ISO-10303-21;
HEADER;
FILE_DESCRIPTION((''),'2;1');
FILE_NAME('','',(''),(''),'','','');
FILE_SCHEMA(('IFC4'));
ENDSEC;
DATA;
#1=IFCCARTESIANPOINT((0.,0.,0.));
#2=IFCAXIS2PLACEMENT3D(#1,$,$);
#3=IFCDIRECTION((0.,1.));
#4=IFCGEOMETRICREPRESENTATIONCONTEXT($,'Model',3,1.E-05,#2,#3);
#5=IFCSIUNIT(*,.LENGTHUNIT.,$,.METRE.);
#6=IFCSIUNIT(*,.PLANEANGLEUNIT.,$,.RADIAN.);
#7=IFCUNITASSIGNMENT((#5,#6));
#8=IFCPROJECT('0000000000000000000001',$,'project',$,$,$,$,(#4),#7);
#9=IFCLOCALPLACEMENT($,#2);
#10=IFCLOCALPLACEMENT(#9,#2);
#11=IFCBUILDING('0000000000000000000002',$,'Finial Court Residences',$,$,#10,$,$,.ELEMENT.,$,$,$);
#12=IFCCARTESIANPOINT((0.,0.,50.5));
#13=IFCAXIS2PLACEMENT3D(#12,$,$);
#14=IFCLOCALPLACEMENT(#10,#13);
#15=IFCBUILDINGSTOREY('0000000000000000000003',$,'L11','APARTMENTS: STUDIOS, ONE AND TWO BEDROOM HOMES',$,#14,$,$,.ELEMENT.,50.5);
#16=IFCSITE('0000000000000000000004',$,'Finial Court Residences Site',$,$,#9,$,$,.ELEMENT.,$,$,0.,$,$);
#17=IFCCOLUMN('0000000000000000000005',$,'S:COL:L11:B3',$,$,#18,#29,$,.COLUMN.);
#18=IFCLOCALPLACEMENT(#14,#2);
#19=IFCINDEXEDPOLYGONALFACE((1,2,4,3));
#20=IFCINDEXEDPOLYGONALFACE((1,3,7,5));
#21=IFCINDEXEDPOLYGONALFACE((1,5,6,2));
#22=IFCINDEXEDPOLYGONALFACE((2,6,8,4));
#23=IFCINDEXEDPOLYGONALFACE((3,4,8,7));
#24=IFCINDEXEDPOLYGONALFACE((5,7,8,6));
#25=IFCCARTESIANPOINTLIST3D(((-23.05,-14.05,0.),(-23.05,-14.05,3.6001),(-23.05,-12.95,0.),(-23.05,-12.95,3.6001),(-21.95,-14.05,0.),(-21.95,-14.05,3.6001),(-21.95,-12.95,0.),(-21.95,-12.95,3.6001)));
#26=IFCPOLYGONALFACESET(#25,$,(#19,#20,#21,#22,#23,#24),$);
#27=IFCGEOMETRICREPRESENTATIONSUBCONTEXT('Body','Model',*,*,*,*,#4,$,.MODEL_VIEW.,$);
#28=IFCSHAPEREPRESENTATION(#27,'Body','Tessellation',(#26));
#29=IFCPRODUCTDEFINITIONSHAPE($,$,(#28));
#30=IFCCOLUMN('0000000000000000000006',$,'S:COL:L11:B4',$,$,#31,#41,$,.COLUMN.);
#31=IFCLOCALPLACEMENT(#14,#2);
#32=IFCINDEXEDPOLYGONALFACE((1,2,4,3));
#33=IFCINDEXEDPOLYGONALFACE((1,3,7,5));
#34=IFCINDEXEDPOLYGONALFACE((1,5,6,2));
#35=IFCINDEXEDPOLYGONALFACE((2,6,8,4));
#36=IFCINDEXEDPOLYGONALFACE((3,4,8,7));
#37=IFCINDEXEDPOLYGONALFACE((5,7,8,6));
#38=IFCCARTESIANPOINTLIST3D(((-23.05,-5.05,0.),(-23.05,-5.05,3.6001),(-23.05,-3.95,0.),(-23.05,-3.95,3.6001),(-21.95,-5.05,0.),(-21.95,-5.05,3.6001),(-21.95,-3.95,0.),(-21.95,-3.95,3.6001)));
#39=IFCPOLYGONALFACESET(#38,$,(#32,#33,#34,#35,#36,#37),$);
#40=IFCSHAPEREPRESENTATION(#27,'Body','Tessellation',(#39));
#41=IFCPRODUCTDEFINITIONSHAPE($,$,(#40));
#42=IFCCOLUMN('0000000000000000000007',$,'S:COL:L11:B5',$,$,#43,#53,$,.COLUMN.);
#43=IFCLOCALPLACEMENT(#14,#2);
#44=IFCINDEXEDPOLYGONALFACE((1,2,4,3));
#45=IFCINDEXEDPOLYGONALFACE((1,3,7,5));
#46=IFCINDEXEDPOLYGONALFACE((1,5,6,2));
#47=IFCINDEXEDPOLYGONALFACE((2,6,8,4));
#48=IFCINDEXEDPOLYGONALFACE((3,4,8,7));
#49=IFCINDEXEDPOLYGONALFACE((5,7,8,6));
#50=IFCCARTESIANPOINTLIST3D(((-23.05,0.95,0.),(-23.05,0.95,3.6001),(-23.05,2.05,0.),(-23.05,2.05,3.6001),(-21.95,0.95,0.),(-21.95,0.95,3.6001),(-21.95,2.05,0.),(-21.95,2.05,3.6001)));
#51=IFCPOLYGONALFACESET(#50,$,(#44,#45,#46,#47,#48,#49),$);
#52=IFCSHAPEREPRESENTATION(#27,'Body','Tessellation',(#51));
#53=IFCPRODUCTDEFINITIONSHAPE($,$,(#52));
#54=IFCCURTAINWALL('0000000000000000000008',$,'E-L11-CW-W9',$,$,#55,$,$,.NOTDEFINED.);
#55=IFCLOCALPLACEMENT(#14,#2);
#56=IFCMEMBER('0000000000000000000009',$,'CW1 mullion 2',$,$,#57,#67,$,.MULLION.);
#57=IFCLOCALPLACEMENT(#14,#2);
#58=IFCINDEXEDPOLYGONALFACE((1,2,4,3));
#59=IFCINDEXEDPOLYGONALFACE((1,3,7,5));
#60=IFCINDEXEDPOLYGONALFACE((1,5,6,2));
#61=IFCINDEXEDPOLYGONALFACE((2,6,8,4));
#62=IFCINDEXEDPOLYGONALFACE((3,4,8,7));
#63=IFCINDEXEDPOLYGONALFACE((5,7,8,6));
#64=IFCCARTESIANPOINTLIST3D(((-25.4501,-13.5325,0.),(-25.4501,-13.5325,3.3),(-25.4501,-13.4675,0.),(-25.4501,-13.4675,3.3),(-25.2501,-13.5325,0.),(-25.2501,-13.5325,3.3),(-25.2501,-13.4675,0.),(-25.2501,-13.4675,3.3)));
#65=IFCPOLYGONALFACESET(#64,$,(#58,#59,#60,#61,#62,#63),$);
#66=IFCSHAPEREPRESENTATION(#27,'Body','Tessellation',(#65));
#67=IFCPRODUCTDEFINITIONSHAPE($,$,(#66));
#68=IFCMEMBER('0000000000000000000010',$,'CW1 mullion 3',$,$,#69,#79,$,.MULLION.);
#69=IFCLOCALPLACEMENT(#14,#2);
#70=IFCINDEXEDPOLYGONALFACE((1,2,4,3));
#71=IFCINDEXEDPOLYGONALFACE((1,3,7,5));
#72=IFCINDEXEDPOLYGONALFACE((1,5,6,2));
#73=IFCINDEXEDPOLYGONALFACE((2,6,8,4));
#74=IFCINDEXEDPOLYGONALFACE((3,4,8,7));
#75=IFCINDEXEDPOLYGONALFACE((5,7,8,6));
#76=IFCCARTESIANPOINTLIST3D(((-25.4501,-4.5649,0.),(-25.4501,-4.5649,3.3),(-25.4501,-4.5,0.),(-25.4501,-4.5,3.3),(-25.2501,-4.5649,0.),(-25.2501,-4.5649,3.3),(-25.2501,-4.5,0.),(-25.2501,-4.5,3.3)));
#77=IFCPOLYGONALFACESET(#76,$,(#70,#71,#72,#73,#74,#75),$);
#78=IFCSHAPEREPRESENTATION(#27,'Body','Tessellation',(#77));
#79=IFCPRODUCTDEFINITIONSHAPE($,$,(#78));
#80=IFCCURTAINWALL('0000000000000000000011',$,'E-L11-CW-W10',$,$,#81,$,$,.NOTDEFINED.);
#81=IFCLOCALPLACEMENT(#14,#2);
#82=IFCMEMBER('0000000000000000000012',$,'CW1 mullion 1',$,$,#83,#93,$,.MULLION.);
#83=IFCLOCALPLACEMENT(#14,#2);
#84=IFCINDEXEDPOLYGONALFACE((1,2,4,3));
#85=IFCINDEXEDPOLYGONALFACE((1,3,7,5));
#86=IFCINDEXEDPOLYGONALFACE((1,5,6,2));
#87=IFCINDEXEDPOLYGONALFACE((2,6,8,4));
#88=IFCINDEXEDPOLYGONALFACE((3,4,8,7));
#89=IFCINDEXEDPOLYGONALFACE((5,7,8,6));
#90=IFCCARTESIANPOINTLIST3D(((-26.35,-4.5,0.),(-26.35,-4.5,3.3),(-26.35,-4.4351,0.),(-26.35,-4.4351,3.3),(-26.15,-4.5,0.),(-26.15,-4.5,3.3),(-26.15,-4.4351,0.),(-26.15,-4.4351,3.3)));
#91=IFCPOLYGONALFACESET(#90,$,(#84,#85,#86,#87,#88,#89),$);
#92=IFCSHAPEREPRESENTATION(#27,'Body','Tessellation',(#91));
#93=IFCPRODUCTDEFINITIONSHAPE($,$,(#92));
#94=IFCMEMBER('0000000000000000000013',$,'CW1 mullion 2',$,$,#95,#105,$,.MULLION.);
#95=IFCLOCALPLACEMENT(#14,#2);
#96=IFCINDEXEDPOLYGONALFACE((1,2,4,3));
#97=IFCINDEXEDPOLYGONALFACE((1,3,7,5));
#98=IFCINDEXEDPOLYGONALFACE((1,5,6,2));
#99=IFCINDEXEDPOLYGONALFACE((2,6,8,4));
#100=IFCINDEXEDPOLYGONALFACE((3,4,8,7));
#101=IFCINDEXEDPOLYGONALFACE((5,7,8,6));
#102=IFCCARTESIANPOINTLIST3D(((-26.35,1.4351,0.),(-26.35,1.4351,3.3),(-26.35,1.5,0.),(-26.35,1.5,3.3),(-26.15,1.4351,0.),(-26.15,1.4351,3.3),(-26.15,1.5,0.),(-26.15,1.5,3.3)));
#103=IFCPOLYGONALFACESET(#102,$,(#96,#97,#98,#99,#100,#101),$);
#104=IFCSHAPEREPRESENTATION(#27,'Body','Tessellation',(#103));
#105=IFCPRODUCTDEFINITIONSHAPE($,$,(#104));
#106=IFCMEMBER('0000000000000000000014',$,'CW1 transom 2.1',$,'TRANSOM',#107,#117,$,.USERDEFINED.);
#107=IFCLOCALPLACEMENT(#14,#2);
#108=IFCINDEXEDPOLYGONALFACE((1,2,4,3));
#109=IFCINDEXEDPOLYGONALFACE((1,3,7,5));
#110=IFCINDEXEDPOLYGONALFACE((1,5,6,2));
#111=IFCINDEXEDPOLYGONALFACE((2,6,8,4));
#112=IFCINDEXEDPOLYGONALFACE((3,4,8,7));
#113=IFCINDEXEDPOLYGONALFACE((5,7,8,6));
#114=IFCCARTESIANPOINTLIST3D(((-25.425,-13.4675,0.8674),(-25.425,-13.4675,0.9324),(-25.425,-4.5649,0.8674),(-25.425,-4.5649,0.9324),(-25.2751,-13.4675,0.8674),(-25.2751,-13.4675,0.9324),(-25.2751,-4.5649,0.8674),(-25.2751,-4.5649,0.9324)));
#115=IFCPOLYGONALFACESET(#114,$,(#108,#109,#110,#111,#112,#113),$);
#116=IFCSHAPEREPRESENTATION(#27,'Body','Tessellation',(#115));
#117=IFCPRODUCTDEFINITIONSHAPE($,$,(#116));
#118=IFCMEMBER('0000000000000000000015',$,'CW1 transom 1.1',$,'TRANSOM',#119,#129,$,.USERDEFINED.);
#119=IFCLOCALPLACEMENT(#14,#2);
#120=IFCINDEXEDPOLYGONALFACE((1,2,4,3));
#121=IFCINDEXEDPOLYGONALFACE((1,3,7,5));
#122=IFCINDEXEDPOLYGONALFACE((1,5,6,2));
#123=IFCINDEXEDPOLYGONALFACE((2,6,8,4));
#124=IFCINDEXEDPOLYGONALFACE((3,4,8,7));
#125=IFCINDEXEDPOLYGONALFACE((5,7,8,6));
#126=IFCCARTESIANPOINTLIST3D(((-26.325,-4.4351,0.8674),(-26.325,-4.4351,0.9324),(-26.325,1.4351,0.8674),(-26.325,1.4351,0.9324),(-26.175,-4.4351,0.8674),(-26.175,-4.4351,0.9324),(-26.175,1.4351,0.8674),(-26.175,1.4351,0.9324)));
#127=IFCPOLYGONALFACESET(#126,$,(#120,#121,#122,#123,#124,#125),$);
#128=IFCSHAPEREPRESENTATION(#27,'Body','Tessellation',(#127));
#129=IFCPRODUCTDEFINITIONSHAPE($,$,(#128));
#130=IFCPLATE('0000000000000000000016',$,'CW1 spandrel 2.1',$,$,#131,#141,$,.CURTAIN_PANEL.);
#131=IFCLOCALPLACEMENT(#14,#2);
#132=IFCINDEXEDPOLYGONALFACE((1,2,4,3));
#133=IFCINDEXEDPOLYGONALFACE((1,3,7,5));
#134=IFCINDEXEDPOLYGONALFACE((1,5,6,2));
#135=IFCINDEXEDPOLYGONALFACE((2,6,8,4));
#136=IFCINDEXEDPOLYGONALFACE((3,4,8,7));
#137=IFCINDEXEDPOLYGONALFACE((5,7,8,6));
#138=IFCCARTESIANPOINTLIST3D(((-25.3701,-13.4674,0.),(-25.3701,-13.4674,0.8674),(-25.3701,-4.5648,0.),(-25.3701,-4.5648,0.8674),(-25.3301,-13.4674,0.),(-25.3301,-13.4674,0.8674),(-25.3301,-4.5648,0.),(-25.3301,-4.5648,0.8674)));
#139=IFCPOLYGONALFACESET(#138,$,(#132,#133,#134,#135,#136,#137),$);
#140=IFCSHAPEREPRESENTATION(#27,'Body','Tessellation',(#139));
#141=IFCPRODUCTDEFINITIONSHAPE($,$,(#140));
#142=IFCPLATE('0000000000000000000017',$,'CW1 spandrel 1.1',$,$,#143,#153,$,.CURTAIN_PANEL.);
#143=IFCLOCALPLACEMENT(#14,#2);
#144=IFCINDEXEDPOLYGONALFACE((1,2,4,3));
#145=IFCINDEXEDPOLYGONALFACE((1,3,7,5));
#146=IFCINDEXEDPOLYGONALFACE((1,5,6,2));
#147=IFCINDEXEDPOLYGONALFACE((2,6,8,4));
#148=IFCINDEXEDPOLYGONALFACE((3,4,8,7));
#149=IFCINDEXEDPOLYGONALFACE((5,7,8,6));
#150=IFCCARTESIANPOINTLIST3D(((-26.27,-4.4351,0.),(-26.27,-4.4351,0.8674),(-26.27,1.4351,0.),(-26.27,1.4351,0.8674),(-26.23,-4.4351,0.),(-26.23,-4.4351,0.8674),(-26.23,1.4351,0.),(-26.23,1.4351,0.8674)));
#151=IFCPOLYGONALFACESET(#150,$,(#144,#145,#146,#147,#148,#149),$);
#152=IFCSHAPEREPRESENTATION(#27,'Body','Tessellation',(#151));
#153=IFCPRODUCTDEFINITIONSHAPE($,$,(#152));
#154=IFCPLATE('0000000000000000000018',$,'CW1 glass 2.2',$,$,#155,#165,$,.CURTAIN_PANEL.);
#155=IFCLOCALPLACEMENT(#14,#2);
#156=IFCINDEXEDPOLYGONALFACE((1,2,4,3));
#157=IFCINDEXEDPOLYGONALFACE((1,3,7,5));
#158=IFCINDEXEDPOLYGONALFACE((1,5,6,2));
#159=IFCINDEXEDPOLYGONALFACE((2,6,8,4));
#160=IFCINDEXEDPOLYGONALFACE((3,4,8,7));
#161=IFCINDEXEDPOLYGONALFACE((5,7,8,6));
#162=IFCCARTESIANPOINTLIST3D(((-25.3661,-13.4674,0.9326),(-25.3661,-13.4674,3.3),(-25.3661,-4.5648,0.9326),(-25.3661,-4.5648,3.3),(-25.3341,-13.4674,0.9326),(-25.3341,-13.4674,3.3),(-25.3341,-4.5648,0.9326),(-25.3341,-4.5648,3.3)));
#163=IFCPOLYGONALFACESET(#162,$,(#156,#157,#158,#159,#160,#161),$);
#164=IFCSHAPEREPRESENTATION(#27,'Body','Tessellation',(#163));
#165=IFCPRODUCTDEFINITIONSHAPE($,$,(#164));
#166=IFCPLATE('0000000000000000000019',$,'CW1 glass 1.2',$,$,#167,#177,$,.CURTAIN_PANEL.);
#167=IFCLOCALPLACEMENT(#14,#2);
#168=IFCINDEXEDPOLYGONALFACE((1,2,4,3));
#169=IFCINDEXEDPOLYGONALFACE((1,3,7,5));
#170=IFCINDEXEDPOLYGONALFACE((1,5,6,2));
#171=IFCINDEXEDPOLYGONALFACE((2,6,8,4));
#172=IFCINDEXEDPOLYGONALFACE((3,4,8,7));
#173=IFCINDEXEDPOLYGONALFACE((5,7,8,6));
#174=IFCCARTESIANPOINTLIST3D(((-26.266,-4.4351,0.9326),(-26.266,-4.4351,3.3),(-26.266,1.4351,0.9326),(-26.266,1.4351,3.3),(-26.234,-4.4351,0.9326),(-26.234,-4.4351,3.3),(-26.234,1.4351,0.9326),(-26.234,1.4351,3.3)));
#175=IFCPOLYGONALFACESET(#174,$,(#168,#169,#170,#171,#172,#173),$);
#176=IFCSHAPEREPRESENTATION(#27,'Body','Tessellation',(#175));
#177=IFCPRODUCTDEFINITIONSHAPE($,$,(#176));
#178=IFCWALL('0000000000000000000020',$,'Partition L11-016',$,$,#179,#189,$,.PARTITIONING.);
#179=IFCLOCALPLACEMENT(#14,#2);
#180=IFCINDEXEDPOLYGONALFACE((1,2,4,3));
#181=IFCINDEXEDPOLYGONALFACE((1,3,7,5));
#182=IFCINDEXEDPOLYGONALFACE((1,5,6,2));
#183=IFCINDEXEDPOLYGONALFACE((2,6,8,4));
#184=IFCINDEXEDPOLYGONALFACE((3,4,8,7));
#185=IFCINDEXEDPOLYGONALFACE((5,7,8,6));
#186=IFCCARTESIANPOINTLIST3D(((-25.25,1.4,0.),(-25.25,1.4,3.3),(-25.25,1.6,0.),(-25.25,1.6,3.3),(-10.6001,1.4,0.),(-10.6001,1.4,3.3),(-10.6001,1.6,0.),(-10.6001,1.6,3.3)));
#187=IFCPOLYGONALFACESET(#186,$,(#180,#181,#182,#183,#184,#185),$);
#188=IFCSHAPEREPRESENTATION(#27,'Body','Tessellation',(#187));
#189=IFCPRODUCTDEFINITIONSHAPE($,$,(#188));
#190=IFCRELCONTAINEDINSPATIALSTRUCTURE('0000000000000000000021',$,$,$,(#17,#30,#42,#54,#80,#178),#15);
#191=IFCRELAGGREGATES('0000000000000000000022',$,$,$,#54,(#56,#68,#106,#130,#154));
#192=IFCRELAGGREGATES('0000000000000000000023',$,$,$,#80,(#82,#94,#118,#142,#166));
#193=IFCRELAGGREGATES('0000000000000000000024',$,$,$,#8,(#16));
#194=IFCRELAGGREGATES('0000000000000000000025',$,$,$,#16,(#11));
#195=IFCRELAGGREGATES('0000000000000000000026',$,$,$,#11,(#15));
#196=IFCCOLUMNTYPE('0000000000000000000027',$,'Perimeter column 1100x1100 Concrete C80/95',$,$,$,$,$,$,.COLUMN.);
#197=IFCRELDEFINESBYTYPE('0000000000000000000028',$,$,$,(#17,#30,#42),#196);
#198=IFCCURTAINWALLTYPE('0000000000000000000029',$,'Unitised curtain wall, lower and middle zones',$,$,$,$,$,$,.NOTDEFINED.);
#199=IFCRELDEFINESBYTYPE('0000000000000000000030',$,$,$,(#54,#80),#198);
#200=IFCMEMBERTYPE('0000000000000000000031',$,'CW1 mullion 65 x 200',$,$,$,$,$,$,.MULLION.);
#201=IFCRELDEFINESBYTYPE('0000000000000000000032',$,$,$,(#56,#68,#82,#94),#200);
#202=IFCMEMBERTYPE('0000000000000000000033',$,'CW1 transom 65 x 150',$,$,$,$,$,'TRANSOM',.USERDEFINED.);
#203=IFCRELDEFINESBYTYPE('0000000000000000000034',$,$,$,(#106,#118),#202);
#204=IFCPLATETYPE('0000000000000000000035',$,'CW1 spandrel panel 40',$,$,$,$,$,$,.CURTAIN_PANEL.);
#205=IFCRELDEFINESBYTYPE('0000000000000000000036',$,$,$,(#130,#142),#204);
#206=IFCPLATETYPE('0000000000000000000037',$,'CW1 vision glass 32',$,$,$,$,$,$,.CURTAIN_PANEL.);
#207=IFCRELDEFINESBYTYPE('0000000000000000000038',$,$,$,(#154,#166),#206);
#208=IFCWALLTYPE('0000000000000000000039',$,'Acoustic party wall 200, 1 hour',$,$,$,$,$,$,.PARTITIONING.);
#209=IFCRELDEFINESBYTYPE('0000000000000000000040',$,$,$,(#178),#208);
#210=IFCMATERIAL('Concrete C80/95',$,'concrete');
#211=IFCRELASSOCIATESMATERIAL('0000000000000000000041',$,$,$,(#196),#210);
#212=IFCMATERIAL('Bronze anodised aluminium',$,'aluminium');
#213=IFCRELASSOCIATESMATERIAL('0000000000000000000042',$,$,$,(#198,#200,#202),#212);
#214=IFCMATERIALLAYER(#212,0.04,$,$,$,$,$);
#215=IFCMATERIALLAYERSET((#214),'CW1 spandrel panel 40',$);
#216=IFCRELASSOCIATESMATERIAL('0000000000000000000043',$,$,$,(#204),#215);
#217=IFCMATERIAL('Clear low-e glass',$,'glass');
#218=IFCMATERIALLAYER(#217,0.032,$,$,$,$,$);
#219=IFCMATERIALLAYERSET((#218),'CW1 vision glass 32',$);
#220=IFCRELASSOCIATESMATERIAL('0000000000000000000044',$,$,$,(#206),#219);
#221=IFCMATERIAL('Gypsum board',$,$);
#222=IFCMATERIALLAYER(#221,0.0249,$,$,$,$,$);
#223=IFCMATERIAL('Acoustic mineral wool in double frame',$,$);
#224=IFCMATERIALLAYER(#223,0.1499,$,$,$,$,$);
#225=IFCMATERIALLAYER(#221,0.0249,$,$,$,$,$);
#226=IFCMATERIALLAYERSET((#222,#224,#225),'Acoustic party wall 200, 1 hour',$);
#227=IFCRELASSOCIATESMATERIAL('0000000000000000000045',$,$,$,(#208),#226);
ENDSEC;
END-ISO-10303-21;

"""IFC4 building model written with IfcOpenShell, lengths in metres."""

from ifc_helpers import new_model, si_unit, direction, frame, frame_2d, origin, origin_2d, place, context, subcontext, project, spatial, rectangle, extrude, material, layer, layer_set, material_profile, profile_set, type_object, element, aggregate, save


model = new_model("IFC4")

# Units and contexts
model_context = context("Model", 3, precision=1e-05, world=origin(), true_north=direction((0.0, 1.0)))
body_context = subcontext(model_context, "Body", "Model", "MODEL_VIEW")
ifc_project = project(units=[si_unit("LENGTHUNIT", "METRE"), si_unit("PLANEANGLEUNIT", "RADIAN")], contexts=[model_context])

# Site, building, storey
site_placement = place(None, origin())
site = spatial("IfcSite", under=ifc_project, at=site_placement, Name="Finial Court Residences Site", CompositionType="ELEMENT", RefElevation=0.0)
building_placement = place(site_placement, origin())
building = spatial("IfcBuilding", under=site, at=building_placement, Name="Finial Court Residences", CompositionType="ELEMENT")
storey_placement = place(building_placement, frame((0.0, 0.0, 50.5)))
storey = spatial("IfcBuildingStorey", under=building, at=storey_placement, Name="L11", Description="APARTMENTS: STUDIOS, ONE AND TWO BEDROOM HOMES", CompositionType="ELEMENT", Elevation=50.5)

# Columns
ifc_material_1 = material(Name="Concrete C80/95", Category="concrete")
ifc_material_profile_1 = material_profile(ifc_material_1, rectangle(XDim=1.1001, YDim=1.1001, at=origin_2d()), Name="1100x1100")
ifc_profile_set_1 = profile_set([ifc_material_profile_1], Name="Concrete C80/95")
column_type = type_object("IfcColumnType", Name="Perimeter column 1100x1100 Concrete C80/95", PredefinedType="COLUMN", material=ifc_profile_set_1)
for number, where, z_axis, x_axis, name in (
    (1, (-22.5, -13.5, 0.0), (0.0, 0.0, 1.0), (1.0, 0.0, 0.0), "S:COL:L11:B3"),
    (2, (-22.5, -4.5, 0.0), (0.0, 0.0, 1.0), (1.0, 0.0, 0.0), "S:COL:L11:B4"),
    (3, (-22.5, 1.5, 0.0), (0.0, 0.0, 1.0), (1.0, 0.0, 0.0), "S:COL:L11:B5"),
):
    element("IfcColumn", number, at=place(storey_placement, frame(where, z_axis=z_axis, x_axis=x_axis)), inside=storey, type_object=column_type, Name=name, PredefinedType="COLUMN", context=body_context, shape_type="SweptSolid", body=[
        extrude(rectangle(XDim=1.1001, YDim=1.1001, at=origin_2d()), origin(), (0.0, 0.0, 1.0), 3.6001),
    ])

# Curtain walls, members
ifc_material_2 = material(Name="Bronze anodised aluminium", Category="aluminium")
curtain_wall_type = type_object("IfcCurtainWallType", Name="Unitised curtain wall, lower and middle zones", PredefinedType="NOTDEFINED", material=ifc_material_2)
curtain_wall_1_placement = place(storey_placement, origin())
curtain_wall_1 = element("IfcCurtainWall", 4, at=curtain_wall_1_placement, inside=storey, type_object=curtain_wall_type, Name="E-L11-CW-W9", PredefinedType="NOTDEFINED")
ifc_material_profile_2 = material_profile(ifc_material_2, rectangle(XDim=0.2, YDim=0.0649, at=origin_2d()), Name="CW1 mullion 65 x 200")
ifc_profile_set_2 = profile_set([ifc_material_profile_2], Name="Bronze anodised aluminium")
member_type_1 = type_object("IfcMemberType", Name="CW1 mullion 65 x 200", PredefinedType="MULLION", material=ifc_profile_set_2)
member_1_placement = place(storey_placement, frame((-25.3501, -13.5, 0.0), z_axis=(0.0, 0.0, 1.0), x_axis=(-1.0, 0.0, 0.0)))
member_1 = element("IfcMember", 5, at=member_1_placement, type_object=member_type_1, Name="CW1 mullion 2", PredefinedType="MULLION", context=body_context, shape_type="SweptSolid", body=[
    extrude(rectangle(XDim=0.2, YDim=0.0649, at=origin_2d()), origin(), (0.0, 0.0, 1.0), 3.3),
])
member_2_placement = place(storey_placement, frame((-25.3501, -4.5325, 0.0), z_axis=(0.0, 0.0, 1.0), x_axis=(-1.0, 0.0, 0.0)))
member_2 = element("IfcMember", 6, at=member_2_placement, type_object=member_type_1, Name="CW1 mullion 3", PredefinedType="MULLION", context=body_context, shape_type="SweptSolid", body=[
    extrude(rectangle(XDim=0.2, YDim=0.0649, at=origin_2d()), origin(), (0.0, 0.0, 1.0), 3.3),
])
curtain_wall_2_placement = place(storey_placement, origin())
curtain_wall_2 = element("IfcCurtainWall", 7, at=curtain_wall_2_placement, inside=storey, type_object=curtain_wall_type, Name="E-L11-CW-W10", PredefinedType="NOTDEFINED")
member_3_placement = place(storey_placement, frame((-26.25, -4.4675, 0.0), z_axis=(0.0, 0.0, 1.0), x_axis=(-1.0, 0.0, 0.0)))
member_3 = element("IfcMember", 8, at=member_3_placement, type_object=member_type_1, Name="CW1 mullion 1", PredefinedType="MULLION", context=body_context, shape_type="SweptSolid", body=[
    extrude(rectangle(XDim=0.2, YDim=0.0649, at=origin_2d()), origin(), (0.0, 0.0, 1.0), 3.3),
])
member_4_placement = place(storey_placement, frame((-26.25, 1.4675, 0.0), z_axis=(0.0, 0.0, 1.0), x_axis=(-1.0, 0.0, 0.0)))
member_4 = element("IfcMember", 9, at=member_4_placement, type_object=member_type_1, Name="CW1 mullion 2", PredefinedType="MULLION", context=body_context, shape_type="SweptSolid", body=[
    extrude(rectangle(XDim=0.2, YDim=0.0649, at=origin_2d()), origin(), (0.0, 0.0, 1.0), 3.3),
])

# Members
ifc_material_profile_3 = material_profile(ifc_material_2, rectangle(XDim=0.1499, YDim=0.0649, at=origin_2d()), Name="CW1 transom 65 x 150")
ifc_profile_set_3 = profile_set([ifc_material_profile_3], Name="Bronze anodised aluminium")
member_type_2 = type_object("IfcMemberType", Name="CW1 transom 65 x 150", ElementType="TRANSOM", PredefinedType="USERDEFINED", material=ifc_profile_set_3)
member_5_placement = place(storey_placement, frame((-25.3501, -13.4675, 0.8999), z_axis=(0.0, 1.0, 0.0), x_axis=(-1.0, 0.0, 0.0)))
member_5 = element("IfcMember", 10, at=member_5_placement, type_object=member_type_2, Name="CW1 transom 2.1", ObjectType="TRANSOM", PredefinedType="USERDEFINED", context=body_context, shape_type="SweptSolid", body=[
    extrude(rectangle(XDim=0.1499, YDim=0.0649, at=origin_2d()), origin(), (0.0, 0.0, 1.0), 8.9026),
])
member_6_placement = place(storey_placement, frame((-26.25, -4.4351, 0.8999), z_axis=(0.0, 1.0, 0.0), x_axis=(-1.0, 0.0, 0.0)))
member_6 = element("IfcMember", 11, at=member_6_placement, type_object=member_type_2, Name="CW1 transom 1.1", ObjectType="TRANSOM", PredefinedType="USERDEFINED", context=body_context, shape_type="SweptSolid", body=[
    extrude(rectangle(XDim=0.1499, YDim=0.0649, at=origin_2d()), origin(), (0.0, 0.0, 1.0), 5.8701),
])

# Plates
ifc_layer_1 = layer(ifc_material_2, 0.04)
ifc_layer_set_1 = layer_set([ifc_layer_1], Name="CW1 spandrel panel 40")
plate_type_1 = type_object("IfcPlateType", Name="CW1 spandrel panel 40", PredefinedType="CURTAIN_PANEL", material=ifc_layer_set_1)
plate_1_placement = place(storey_placement, frame((-25.3501, -9.0161, 0.0), z_axis=(0.0, 0.0, 1.0), x_axis=(0.0, 1.0, 0.0)))
plate_1 = element("IfcPlate", 12, at=plate_1_placement, type_object=plate_type_1, Name="CW1 spandrel 2.1", PredefinedType="CURTAIN_PANEL", context=body_context, shape_type="SweptSolid", body=[
    extrude(rectangle(XDim=8.9026, YDim=0.04, at=origin_2d()), origin(), (0.0, 0.0, 1.0), 0.8674),
])
plate_2_placement = place(storey_placement, frame((-26.25, -1.5, 0.0), z_axis=(0.0, 0.0, 1.0), x_axis=(0.0, 1.0, 0.0)))
plate_2 = element("IfcPlate", 13, at=plate_2_placement, type_object=plate_type_1, Name="CW1 spandrel 1.1", PredefinedType="CURTAIN_PANEL", context=body_context, shape_type="SweptSolid", body=[
    extrude(rectangle(XDim=5.8701, YDim=0.04, at=origin_2d()), origin(), (0.0, 0.0, 1.0), 0.8674),
])
ifc_material_3 = material(Name="Clear low-e glass", Category="glass")
ifc_layer_2 = layer(ifc_material_3, 0.032)
ifc_layer_set_2 = layer_set([ifc_layer_2], Name="CW1 vision glass 32")
plate_type_2 = type_object("IfcPlateType", Name="CW1 vision glass 32", PredefinedType="CURTAIN_PANEL", material=ifc_layer_set_2)
plate_3_placement = place(storey_placement, frame((-25.3501, -9.0161, 0.9326), z_axis=(0.0, 0.0, 1.0), x_axis=(0.0, 1.0, 0.0)))
plate_3 = element("IfcPlate", 14, at=plate_3_placement, type_object=plate_type_2, Name="CW1 glass 2.2", PredefinedType="CURTAIN_PANEL", context=body_context, shape_type="SweptSolid", body=[
    extrude(rectangle(XDim=8.9026, YDim=0.032, at=origin_2d()), origin(), (0.0, 0.0, 1.0), 2.3674),
])
aggregate(curtain_wall_1, [member_1, member_2, member_5, plate_1, plate_3])
plate_4_placement = place(storey_placement, frame((-26.25, -1.5, 0.9326), z_axis=(0.0, 0.0, 1.0), x_axis=(0.0, 1.0, 0.0)))
plate_4 = element("IfcPlate", 15, at=plate_4_placement, type_object=plate_type_2, Name="CW1 glass 1.2", PredefinedType="CURTAIN_PANEL", context=body_context, shape_type="SweptSolid", body=[
    extrude(rectangle(XDim=5.8701, YDim=0.032, at=origin_2d()), origin(), (0.0, 0.0, 1.0), 2.3674),
])
aggregate(curtain_wall_2, [member_3, member_4, member_6, plate_2, plate_4])

# Wall
ifc_material_4 = material(Name="Gypsum board")
ifc_layer_3 = layer(ifc_material_4, 0.0249)
ifc_material_5 = material(Name="Acoustic mineral wool in double frame")
ifc_layer_4 = layer(ifc_material_5, 0.1499)
ifc_layer_5 = layer(ifc_material_4, 0.0249)
ifc_layer_set_3 = layer_set([ifc_layer_3, ifc_layer_4, ifc_layer_5], Name="Acoustic party wall 200, 1 hour")
wall_type_1 = type_object("IfcWallType", Name="Acoustic party wall 200, 1 hour", PredefinedType="PARTITIONING", material=ifc_layer_set_3)
wall_1_placement = place(storey_placement, frame((-25.25, 1.5, 0.0), z_axis=(0.0, 0.0, 1.0), x_axis=(1.0, 0.0, 0.0)))
element("IfcWall", 16, at=wall_1_placement, inside=storey, type_object=wall_type_1, Name="Partition L11-016", PredefinedType="PARTITIONING", context=body_context, shape_type="SweptSolid", body=[
    extrude(rectangle(XDim=14.6499, YDim=0.2, at=frame_2d((7.325, 0.0))), origin(), (0.0, 0.0, 1.0), 3.3),
])

save(model, "model.ifc")
